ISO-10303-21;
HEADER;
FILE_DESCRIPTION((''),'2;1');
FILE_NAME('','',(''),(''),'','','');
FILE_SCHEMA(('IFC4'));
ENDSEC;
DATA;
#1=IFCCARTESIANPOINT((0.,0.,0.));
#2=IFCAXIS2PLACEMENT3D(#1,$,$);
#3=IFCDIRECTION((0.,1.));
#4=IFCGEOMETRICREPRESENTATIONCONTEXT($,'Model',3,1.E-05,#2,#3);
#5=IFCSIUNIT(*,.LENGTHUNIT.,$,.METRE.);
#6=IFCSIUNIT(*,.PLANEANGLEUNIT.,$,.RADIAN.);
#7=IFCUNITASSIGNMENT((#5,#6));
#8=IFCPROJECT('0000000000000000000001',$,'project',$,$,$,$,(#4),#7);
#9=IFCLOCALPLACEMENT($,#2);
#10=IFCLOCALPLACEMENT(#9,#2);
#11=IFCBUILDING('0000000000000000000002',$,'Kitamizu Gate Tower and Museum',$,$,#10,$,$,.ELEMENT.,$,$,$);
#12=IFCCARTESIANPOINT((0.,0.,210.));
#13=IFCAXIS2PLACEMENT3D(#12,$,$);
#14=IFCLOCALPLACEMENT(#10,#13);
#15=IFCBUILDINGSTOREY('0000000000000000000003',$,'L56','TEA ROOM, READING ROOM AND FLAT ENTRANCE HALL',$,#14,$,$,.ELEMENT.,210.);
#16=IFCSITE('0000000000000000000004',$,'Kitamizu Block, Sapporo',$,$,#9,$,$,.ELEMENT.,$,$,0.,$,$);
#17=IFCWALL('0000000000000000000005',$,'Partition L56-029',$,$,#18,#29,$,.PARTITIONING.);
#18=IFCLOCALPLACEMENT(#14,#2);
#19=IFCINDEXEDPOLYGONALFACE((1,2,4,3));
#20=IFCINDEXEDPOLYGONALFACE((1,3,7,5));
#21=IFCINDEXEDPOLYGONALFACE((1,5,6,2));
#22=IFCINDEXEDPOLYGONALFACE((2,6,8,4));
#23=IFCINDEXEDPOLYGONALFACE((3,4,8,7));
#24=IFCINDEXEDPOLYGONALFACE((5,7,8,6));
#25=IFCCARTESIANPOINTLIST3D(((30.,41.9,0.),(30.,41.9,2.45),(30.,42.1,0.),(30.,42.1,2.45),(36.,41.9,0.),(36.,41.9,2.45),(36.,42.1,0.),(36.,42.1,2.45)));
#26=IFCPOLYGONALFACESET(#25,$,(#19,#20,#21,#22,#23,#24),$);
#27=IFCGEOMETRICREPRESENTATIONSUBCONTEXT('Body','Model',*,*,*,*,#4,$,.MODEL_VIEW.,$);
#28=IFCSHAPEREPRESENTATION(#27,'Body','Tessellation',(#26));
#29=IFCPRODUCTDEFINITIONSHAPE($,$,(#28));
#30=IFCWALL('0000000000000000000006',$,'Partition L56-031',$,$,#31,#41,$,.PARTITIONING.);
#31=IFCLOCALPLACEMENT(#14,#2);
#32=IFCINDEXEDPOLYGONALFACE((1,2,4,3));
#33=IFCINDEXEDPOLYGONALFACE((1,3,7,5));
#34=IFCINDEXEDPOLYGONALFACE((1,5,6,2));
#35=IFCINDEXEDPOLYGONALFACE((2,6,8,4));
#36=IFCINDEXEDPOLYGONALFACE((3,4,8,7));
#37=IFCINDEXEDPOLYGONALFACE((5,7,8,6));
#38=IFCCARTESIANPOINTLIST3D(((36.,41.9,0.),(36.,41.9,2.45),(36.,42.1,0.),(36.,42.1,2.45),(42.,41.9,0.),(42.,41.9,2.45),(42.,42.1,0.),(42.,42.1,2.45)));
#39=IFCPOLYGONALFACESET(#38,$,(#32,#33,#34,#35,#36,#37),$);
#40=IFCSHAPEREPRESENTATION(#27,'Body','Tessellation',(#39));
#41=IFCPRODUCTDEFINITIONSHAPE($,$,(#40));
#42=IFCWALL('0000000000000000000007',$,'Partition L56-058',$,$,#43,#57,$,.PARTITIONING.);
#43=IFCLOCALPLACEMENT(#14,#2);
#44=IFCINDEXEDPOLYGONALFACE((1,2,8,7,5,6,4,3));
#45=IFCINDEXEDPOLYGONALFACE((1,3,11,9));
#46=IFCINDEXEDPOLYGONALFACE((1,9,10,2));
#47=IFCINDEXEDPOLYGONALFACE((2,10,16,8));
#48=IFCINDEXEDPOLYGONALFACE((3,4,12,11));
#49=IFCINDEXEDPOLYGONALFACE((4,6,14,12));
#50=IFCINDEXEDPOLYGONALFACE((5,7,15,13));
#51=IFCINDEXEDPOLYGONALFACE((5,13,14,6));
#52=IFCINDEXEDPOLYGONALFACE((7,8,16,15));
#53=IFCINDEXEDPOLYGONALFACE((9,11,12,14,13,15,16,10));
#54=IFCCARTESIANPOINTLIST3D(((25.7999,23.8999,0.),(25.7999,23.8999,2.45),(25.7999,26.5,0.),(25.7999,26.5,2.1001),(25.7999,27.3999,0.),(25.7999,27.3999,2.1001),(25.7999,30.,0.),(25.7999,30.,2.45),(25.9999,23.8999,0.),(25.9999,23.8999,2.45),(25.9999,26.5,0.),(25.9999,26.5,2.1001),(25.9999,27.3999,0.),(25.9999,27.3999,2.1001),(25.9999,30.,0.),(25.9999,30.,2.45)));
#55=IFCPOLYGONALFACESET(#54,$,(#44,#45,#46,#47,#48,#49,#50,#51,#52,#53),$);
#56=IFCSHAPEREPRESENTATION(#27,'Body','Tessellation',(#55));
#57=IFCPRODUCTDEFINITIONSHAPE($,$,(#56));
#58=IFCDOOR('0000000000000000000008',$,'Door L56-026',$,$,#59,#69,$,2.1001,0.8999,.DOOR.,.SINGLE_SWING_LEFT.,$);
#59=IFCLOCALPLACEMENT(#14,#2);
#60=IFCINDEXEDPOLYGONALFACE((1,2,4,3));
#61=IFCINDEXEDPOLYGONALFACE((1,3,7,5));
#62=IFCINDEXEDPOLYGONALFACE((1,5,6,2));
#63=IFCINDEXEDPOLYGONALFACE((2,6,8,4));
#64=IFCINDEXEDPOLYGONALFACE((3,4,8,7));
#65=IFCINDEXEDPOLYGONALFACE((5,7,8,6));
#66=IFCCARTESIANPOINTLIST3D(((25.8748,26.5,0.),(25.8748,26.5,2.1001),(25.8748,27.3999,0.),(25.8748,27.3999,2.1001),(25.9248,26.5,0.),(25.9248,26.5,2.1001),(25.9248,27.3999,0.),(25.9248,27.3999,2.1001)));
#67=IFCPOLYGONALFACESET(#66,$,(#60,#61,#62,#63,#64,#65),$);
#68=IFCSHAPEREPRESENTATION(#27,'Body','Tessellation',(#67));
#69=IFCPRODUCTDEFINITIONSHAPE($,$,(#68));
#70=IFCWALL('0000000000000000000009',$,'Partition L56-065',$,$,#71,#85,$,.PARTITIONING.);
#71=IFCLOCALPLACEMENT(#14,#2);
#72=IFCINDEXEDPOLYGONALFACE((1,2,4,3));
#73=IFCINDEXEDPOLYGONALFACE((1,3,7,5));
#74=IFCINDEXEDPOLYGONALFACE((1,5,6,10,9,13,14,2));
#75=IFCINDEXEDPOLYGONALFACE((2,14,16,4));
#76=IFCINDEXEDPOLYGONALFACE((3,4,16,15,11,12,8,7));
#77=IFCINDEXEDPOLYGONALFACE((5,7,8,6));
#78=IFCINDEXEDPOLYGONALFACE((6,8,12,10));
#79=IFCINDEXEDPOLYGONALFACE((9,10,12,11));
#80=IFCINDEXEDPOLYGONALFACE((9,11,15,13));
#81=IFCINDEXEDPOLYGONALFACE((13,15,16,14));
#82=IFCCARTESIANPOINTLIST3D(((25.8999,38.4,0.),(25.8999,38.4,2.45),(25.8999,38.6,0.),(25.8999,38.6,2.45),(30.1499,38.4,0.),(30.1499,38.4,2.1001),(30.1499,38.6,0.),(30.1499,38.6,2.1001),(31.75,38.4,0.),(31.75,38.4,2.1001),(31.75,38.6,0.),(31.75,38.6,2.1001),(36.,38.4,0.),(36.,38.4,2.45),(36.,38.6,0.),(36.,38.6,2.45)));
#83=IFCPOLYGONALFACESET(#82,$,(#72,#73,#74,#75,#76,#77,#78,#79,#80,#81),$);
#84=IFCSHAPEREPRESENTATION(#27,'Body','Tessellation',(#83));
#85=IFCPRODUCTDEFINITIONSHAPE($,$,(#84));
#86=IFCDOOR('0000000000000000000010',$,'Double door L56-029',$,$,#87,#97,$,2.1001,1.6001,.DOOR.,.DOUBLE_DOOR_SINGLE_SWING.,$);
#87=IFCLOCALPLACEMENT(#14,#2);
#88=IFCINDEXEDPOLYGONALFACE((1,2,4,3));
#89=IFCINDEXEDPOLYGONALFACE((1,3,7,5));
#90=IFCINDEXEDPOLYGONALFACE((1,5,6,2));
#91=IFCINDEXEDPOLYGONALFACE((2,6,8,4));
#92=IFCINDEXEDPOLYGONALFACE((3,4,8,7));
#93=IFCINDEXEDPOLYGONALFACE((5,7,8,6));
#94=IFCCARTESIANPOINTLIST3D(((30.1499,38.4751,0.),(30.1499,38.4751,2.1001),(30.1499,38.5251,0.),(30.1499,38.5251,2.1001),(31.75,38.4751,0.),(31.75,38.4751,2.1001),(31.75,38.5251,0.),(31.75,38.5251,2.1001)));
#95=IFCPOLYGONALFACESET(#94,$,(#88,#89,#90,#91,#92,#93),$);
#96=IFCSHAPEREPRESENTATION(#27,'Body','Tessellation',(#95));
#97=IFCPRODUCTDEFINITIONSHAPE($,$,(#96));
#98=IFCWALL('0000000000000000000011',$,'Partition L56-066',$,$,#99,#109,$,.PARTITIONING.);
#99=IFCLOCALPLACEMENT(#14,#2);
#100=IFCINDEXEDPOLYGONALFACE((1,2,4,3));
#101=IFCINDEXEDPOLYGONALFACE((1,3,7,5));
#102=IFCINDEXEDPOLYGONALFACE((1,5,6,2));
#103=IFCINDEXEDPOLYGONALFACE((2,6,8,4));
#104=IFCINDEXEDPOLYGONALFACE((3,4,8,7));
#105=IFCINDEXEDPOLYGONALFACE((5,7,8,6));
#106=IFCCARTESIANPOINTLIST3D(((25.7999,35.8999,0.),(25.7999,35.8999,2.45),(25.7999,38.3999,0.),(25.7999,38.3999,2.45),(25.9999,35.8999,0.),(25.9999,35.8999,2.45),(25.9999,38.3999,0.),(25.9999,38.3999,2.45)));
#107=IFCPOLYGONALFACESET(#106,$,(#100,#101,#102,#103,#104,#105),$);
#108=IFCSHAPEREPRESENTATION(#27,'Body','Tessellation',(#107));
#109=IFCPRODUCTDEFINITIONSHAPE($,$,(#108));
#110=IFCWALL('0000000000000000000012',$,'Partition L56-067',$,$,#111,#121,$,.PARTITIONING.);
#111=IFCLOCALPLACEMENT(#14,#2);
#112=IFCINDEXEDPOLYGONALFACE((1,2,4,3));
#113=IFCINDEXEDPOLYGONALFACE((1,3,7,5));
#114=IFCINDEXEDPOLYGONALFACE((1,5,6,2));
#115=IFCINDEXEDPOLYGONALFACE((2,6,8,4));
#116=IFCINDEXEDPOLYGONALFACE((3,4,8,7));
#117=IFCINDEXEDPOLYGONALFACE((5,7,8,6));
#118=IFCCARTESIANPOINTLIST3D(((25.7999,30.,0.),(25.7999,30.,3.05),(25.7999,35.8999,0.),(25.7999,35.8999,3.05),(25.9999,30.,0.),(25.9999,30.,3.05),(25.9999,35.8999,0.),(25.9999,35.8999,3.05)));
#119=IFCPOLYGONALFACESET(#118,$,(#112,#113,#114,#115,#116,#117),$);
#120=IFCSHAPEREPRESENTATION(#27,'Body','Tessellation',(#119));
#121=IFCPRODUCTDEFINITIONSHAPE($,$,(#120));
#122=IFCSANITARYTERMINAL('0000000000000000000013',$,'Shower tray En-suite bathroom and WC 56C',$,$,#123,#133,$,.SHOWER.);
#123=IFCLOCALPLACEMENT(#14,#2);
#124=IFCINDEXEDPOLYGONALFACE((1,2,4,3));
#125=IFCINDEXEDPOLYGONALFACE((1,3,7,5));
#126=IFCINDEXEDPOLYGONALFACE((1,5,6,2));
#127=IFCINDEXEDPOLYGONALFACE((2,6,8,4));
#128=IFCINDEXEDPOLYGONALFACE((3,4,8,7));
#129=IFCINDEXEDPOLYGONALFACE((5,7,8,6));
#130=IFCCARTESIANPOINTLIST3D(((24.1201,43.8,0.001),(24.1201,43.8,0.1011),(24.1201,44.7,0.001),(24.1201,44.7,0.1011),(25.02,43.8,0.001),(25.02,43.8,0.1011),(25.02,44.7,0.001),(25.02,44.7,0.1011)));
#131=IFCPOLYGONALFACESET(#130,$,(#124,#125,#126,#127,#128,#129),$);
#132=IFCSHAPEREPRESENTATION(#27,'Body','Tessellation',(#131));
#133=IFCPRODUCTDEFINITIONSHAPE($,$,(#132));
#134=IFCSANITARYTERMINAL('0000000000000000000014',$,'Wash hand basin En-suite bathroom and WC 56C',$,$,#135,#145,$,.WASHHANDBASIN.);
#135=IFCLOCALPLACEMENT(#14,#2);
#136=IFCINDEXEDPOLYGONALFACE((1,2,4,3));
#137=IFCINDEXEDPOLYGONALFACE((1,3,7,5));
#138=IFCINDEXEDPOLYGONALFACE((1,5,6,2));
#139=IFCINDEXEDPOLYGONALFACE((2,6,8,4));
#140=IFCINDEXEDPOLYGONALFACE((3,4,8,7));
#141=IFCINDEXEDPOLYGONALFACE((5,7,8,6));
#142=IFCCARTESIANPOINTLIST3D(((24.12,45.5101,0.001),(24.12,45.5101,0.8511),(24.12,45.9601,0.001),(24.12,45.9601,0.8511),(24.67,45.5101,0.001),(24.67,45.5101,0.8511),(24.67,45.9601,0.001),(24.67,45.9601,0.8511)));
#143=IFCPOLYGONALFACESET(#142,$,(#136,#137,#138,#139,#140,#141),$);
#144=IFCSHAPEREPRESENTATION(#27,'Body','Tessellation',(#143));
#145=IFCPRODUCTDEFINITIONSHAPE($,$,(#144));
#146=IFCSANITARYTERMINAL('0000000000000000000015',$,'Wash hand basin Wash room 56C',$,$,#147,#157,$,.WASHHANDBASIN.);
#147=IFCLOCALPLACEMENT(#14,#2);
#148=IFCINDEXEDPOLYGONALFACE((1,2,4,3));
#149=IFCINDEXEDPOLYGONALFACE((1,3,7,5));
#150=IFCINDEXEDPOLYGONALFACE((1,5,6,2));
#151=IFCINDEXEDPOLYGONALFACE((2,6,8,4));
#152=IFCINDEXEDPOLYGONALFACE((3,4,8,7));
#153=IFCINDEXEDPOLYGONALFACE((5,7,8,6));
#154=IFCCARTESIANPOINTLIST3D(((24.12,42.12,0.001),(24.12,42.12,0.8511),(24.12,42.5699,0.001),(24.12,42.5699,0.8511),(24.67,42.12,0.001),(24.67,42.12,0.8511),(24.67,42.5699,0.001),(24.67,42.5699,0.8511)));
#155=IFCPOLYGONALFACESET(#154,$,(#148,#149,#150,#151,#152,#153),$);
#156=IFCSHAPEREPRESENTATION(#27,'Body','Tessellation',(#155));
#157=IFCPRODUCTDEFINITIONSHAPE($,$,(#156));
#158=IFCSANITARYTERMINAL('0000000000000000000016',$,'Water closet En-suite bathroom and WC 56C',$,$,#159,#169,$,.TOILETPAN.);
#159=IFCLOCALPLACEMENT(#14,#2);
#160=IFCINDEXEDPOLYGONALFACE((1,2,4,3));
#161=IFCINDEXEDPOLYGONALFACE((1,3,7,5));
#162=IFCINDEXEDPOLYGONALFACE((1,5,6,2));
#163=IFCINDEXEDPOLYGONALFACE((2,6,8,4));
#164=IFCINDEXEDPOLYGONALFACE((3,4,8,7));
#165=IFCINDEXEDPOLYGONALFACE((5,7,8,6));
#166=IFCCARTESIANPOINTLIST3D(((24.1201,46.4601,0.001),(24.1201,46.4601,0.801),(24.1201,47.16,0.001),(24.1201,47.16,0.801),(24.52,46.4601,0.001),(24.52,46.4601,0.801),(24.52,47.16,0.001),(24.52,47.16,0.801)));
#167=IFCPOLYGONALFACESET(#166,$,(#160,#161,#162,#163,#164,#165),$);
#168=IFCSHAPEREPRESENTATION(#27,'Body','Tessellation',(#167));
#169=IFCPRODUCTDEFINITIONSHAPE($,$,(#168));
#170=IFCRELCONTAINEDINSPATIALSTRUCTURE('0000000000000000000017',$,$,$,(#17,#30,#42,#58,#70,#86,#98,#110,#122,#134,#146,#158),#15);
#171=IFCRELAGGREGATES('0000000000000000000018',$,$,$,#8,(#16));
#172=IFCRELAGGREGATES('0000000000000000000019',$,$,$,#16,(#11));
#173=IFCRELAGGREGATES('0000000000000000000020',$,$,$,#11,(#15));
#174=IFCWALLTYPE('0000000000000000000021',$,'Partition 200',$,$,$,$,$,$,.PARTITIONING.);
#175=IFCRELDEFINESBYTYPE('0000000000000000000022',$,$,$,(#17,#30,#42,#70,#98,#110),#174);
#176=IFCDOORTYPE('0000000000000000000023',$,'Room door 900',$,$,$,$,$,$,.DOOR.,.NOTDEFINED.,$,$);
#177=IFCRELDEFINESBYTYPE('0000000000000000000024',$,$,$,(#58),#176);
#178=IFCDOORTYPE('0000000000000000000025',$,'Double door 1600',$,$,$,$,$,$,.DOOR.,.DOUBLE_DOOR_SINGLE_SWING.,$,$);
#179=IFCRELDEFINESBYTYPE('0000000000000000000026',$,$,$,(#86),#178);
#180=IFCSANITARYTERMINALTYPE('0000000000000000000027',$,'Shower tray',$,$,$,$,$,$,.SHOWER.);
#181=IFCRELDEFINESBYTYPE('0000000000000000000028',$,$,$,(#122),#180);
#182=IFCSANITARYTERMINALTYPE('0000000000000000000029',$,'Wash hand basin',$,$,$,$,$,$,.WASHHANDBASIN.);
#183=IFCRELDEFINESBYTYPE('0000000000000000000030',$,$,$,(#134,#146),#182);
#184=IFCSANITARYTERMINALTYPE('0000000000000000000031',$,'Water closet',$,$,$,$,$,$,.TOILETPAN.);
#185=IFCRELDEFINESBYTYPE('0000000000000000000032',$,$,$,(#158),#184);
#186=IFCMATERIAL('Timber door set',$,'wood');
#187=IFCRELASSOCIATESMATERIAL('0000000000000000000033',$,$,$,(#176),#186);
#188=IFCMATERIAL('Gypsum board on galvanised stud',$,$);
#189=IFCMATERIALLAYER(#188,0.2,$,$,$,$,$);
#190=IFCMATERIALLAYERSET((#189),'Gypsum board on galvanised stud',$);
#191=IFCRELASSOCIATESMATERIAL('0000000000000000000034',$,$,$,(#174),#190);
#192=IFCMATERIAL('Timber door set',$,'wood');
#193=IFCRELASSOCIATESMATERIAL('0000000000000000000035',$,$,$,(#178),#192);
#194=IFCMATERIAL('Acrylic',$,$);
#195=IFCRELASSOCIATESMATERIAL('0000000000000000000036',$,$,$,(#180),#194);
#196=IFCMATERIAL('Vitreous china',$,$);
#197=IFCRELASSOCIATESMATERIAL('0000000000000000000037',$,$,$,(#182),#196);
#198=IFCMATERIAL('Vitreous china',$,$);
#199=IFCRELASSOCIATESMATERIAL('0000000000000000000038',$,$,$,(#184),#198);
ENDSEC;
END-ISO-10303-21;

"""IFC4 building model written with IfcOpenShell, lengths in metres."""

from ifc_helpers import new_model, si_unit, direction, frame, frame_2d, origin, origin_2d, place, context, subcontext, project, spatial, rectangle, extrude, material, layer, layer_set, type_object, element, fill, save


model = new_model("IFC4")

# Units and contexts
model_context = context("Model", 3, precision=1e-05, world=origin(), true_north=direction((0.0, 1.0)))
body_context = subcontext(model_context, "Body", "Model", "MODEL_VIEW")
ifc_project = project(units=[si_unit("LENGTHUNIT", "METRE"), si_unit("PLANEANGLEUNIT", "RADIAN")], contexts=[model_context])

# Site, building, storey
site_placement = place(None, origin())
site = spatial("IfcSite", under=ifc_project, at=site_placement, Name="Kitamizu Block, Sapporo", CompositionType="ELEMENT", RefElevation=0.0)
building_placement = place(site_placement, origin())
building = spatial("IfcBuilding", under=site, at=building_placement, Name="Kitamizu Gate Tower and Museum", CompositionType="ELEMENT")
storey_placement = place(building_placement, frame((0.0, 0.0, 210.0)))
storey = spatial("IfcBuildingStorey", under=building, at=storey_placement, Name="L56", Description="TEA ROOM, READING ROOM AND FLAT ENTRANCE HALL", CompositionType="ELEMENT", Elevation=210.0)

# Shared definitions
ifc_material_1 = material(Name="Timber door set", Category="wood")
door_type_1 = type_object("IfcDoorType", Name="Room door 900", OperationType="NOTDEFINED", PredefinedType="DOOR", material=ifc_material_1)

# Walls
ifc_material_2 = material(Name="Gypsum board on galvanised stud")
ifc_layer_1 = layer(ifc_material_2, 0.2)
ifc_layer_set_1 = layer_set([ifc_layer_1], Name="Gypsum board on galvanised stud")
wall_type_1 = type_object("IfcWallType", Name="Partition 200", PredefinedType="PARTITIONING", material=ifc_layer_set_1)
for number, where, z_axis, x_axis, name in (
    (1, (30.0, 42.0, 0.0), (0.0, 0.0, 1.0), (1.0, 0.0, 0.0), "Partition L56-029"),
    (2, (36.0, 42.0, 0.0), (0.0, 0.0, 1.0), (1.0, 0.0, 0.0), "Partition L56-031"),
):
    element("IfcWall", number, at=place(storey_placement, frame(where, z_axis=z_axis, x_axis=x_axis)), inside=storey, type_object=wall_type_1, Name=name, PredefinedType="PARTITIONING", context=body_context, shape_type="SweptSolid", body=[
        extrude(rectangle(XDim=6.0, YDim=0.2, at=frame_2d((3.0, 0.0))), origin(), (0.0, 0.0, 1.0), 2.45),
    ])

# Walls, openings, doors
wall_1_placement = place(storey_placement, frame((25.8999, 30.0, 0.0), z_axis=(0.0, 0.0, 1.0), x_axis=(0.0, -1.0, 0.0)))
wall_1 = element("IfcWall", 3, at=wall_1_placement, inside=storey, type_object=wall_type_1, Name="Partition L56-058", PredefinedType="PARTITIONING", context=body_context, shape_type="SweptSolid", body=[
    extrude(rectangle(XDim=6.1001, YDim=0.2, at=frame_2d((3.05, 0.0))), origin(), (0.0, 0.0, 1.0), 2.45),
])
opening_1_placement = place(wall_1_placement, frame((2.6001, 0.0, 0.0)))
opening_1 = element("IfcOpeningElement", 4, at=opening_1_placement, cuts=wall_1, PredefinedType="OPENING", context=body_context, shape_type="SweptSolid", body=[
    extrude(rectangle(XDim=0.8999, YDim=2.1001, at=frame_2d((0.45, 1.05))), frame((0.0, 0.1099, 0.0), z_axis=(0.0, -1.0, 0.0), x_axis=(1.0, 0.0, 0.0)), (0.0, 0.0, 1.0), 0.22),
])
door_1_placement = place(opening_1_placement, origin())
door_1 = element("IfcDoor", 5, at=door_1_placement, inside=storey, type_object=door_type_1, Name="Door L56-026", OperationType="SINGLE_SWING_LEFT", OverallHeight=2.1001, OverallWidth=0.8999, PredefinedType="DOOR", context=body_context, shape_type="SweptSolid", body=[
    extrude(rectangle(XDim=0.8999, YDim=2.1001, at=frame_2d((0.45, 1.05))), frame((0.0, 0.0249, 0.0), z_axis=(0.0, -1.0, 0.0), x_axis=(1.0, 0.0, 0.0)), (0.0, 0.0, 1.0), 0.05),
])
fill(opening_1, door_1)
wall_2_placement = place(storey_placement, frame((36.0, 38.5, 0.0), z_axis=(0.0, 0.0, 1.0), x_axis=(-1.0, 0.0, 0.0)))
wall_2 = element("IfcWall", 6, at=wall_2_placement, inside=storey, type_object=wall_type_1, Name="Partition L56-065", PredefinedType="PARTITIONING", context=body_context, shape_type="SweptSolid", body=[
    extrude(rectangle(XDim=10.1001, YDim=0.2, at=frame_2d((5.05, 0.0))), origin(), (0.0, 0.0, 1.0), 2.45),
])
opening_2_placement = place(wall_2_placement, frame((4.25, 0.0, 0.0)))
opening_2 = element("IfcOpeningElement", 7, at=opening_2_placement, cuts=wall_2, PredefinedType="OPENING", context=body_context, shape_type="SweptSolid", body=[
    extrude(rectangle(XDim=1.6001, YDim=2.1001, at=frame_2d((0.8, 1.05))), frame((0.0, 0.1099, 0.0), z_axis=(0.0, -1.0, 0.0), x_axis=(1.0, 0.0, 0.0)), (0.0, 0.0, 1.0), 0.22),
])
ifc_material_3 = material(Name="Timber door set", Category="wood")
door_type_2 = type_object("IfcDoorType", Name="Double door 1600", OperationType="DOUBLE_DOOR_SINGLE_SWING", PredefinedType="DOOR", material=ifc_material_3)
door_2_placement = place(opening_2_placement, origin())
door_2 = element("IfcDoor", 8, at=door_2_placement, inside=storey, type_object=door_type_2, Name="Double door L56-029", OperationType="DOUBLE_DOOR_SINGLE_SWING", OverallHeight=2.1001, OverallWidth=1.6001, PredefinedType="DOOR", context=body_context, shape_type="SweptSolid", body=[
    extrude(rectangle(XDim=1.6001, YDim=2.1001, at=frame_2d((0.8, 1.05))), frame((0.0, 0.0249, 0.0), z_axis=(0.0, -1.0, 0.0), x_axis=(1.0, 0.0, 0.0)), (0.0, 0.0, 1.0), 0.05),
])
fill(opening_2, door_2)

# Walls
wall_3_placement = place(storey_placement, frame((25.8999, 38.3999, 0.0), z_axis=(0.0, 0.0, 1.0), x_axis=(0.0, -1.0, 0.0)))
element("IfcWall", 9, at=wall_3_placement, inside=storey, type_object=wall_type_1, Name="Partition L56-066", PredefinedType="PARTITIONING", context=body_context, shape_type="SweptSolid", body=[
    extrude(rectangle(XDim=2.5, YDim=0.2, at=frame_2d((1.25, 0.0))), origin(), (0.0, 0.0, 1.0), 2.45),
])
wall_4_placement = place(storey_placement, frame((25.8999, 35.8999, 0.0), z_axis=(0.0, 0.0, 1.0), x_axis=(0.0, -1.0, 0.0)))
element("IfcWall", 10, at=wall_4_placement, inside=storey, type_object=wall_type_1, Name="Partition L56-067", PredefinedType="PARTITIONING", context=body_context, shape_type="SweptSolid", body=[
    extrude(rectangle(XDim=5.8999, YDim=0.2, at=frame_2d((2.95, 0.0))), origin(), (0.0, 0.0, 1.0), 3.05),
])

# Sanitary terminals
ifc_material_4 = material(Name="Acrylic")
sanitary_terminal_type_1 = type_object("IfcSanitaryTerminalType", Name="Shower tray", PredefinedType="SHOWER", material=ifc_material_4)
sanitary_terminal_1_placement = place(storey_placement, frame((24.5701, 44.25, 0.001), z_axis=(0.0, 0.0, 1.0), x_axis=(1.0, 0.0, 0.0)))
element("IfcSanitaryTerminal", 11, at=sanitary_terminal_1_placement, inside=storey, type_object=sanitary_terminal_type_1, Name="Shower tray En-suite bathroom and WC 56C", PredefinedType="SHOWER", context=body_context, shape_type="SweptSolid", body=[
    extrude(rectangle(XDim=0.8999, YDim=0.8999, at=origin_2d()), origin(), (0.0, 0.0, 1.0), 0.1001),
])
ifc_material_5 = material(Name="Vitreous china")
sanitary_terminal_type_2 = type_object("IfcSanitaryTerminalType", Name="Wash hand basin", PredefinedType="WASHHANDBASIN", material=ifc_material_5)
for number, where, z_axis, x_axis, name in (
    (12, (24.395, 45.7351, 0.001), (0.0, 0.0, 1.0), (1.0, 0.0, 0.0), "Wash hand basin En-suite bathroom and WC 56C"),
    (13, (24.395, 42.345, 0.001), (0.0, 0.0, 1.0), (1.0, 0.0, 0.0), "Wash hand basin Wash room 56C"),
):
    element("IfcSanitaryTerminal", number, at=place(storey_placement, frame(where, z_axis=z_axis, x_axis=x_axis)), inside=storey, type_object=sanitary_terminal_type_2, Name=name, PredefinedType="WASHHANDBASIN", context=body_context, shape_type="SweptSolid", body=[
        extrude(rectangle(XDim=0.55, YDim=0.45, at=origin_2d()), origin(), (0.0, 0.0, 1.0), 0.8501),
    ])
ifc_material_6 = material(Name="Vitreous china")
sanitary_terminal_type_3 = type_object("IfcSanitaryTerminalType", Name="Water closet", PredefinedType="TOILETPAN", material=ifc_material_6)
sanitary_terminal_2_placement = place(storey_placement, frame((24.3201, 46.8101, 0.001), z_axis=(0.0, 0.0, 1.0), x_axis=(1.0, 0.0, 0.0)))
element("IfcSanitaryTerminal", 14, at=sanitary_terminal_2_placement, inside=storey, type_object=sanitary_terminal_type_3, Name="Water closet En-suite bathroom and WC 56C", PredefinedType="TOILETPAN", context=body_context, shape_type="SweptSolid", body=[
    extrude(rectangle(XDim=0.3999, YDim=0.7, at=origin_2d()), origin(), (0.0, 0.0, 1.0), 0.8),
])

save(model, "model.ifc")
